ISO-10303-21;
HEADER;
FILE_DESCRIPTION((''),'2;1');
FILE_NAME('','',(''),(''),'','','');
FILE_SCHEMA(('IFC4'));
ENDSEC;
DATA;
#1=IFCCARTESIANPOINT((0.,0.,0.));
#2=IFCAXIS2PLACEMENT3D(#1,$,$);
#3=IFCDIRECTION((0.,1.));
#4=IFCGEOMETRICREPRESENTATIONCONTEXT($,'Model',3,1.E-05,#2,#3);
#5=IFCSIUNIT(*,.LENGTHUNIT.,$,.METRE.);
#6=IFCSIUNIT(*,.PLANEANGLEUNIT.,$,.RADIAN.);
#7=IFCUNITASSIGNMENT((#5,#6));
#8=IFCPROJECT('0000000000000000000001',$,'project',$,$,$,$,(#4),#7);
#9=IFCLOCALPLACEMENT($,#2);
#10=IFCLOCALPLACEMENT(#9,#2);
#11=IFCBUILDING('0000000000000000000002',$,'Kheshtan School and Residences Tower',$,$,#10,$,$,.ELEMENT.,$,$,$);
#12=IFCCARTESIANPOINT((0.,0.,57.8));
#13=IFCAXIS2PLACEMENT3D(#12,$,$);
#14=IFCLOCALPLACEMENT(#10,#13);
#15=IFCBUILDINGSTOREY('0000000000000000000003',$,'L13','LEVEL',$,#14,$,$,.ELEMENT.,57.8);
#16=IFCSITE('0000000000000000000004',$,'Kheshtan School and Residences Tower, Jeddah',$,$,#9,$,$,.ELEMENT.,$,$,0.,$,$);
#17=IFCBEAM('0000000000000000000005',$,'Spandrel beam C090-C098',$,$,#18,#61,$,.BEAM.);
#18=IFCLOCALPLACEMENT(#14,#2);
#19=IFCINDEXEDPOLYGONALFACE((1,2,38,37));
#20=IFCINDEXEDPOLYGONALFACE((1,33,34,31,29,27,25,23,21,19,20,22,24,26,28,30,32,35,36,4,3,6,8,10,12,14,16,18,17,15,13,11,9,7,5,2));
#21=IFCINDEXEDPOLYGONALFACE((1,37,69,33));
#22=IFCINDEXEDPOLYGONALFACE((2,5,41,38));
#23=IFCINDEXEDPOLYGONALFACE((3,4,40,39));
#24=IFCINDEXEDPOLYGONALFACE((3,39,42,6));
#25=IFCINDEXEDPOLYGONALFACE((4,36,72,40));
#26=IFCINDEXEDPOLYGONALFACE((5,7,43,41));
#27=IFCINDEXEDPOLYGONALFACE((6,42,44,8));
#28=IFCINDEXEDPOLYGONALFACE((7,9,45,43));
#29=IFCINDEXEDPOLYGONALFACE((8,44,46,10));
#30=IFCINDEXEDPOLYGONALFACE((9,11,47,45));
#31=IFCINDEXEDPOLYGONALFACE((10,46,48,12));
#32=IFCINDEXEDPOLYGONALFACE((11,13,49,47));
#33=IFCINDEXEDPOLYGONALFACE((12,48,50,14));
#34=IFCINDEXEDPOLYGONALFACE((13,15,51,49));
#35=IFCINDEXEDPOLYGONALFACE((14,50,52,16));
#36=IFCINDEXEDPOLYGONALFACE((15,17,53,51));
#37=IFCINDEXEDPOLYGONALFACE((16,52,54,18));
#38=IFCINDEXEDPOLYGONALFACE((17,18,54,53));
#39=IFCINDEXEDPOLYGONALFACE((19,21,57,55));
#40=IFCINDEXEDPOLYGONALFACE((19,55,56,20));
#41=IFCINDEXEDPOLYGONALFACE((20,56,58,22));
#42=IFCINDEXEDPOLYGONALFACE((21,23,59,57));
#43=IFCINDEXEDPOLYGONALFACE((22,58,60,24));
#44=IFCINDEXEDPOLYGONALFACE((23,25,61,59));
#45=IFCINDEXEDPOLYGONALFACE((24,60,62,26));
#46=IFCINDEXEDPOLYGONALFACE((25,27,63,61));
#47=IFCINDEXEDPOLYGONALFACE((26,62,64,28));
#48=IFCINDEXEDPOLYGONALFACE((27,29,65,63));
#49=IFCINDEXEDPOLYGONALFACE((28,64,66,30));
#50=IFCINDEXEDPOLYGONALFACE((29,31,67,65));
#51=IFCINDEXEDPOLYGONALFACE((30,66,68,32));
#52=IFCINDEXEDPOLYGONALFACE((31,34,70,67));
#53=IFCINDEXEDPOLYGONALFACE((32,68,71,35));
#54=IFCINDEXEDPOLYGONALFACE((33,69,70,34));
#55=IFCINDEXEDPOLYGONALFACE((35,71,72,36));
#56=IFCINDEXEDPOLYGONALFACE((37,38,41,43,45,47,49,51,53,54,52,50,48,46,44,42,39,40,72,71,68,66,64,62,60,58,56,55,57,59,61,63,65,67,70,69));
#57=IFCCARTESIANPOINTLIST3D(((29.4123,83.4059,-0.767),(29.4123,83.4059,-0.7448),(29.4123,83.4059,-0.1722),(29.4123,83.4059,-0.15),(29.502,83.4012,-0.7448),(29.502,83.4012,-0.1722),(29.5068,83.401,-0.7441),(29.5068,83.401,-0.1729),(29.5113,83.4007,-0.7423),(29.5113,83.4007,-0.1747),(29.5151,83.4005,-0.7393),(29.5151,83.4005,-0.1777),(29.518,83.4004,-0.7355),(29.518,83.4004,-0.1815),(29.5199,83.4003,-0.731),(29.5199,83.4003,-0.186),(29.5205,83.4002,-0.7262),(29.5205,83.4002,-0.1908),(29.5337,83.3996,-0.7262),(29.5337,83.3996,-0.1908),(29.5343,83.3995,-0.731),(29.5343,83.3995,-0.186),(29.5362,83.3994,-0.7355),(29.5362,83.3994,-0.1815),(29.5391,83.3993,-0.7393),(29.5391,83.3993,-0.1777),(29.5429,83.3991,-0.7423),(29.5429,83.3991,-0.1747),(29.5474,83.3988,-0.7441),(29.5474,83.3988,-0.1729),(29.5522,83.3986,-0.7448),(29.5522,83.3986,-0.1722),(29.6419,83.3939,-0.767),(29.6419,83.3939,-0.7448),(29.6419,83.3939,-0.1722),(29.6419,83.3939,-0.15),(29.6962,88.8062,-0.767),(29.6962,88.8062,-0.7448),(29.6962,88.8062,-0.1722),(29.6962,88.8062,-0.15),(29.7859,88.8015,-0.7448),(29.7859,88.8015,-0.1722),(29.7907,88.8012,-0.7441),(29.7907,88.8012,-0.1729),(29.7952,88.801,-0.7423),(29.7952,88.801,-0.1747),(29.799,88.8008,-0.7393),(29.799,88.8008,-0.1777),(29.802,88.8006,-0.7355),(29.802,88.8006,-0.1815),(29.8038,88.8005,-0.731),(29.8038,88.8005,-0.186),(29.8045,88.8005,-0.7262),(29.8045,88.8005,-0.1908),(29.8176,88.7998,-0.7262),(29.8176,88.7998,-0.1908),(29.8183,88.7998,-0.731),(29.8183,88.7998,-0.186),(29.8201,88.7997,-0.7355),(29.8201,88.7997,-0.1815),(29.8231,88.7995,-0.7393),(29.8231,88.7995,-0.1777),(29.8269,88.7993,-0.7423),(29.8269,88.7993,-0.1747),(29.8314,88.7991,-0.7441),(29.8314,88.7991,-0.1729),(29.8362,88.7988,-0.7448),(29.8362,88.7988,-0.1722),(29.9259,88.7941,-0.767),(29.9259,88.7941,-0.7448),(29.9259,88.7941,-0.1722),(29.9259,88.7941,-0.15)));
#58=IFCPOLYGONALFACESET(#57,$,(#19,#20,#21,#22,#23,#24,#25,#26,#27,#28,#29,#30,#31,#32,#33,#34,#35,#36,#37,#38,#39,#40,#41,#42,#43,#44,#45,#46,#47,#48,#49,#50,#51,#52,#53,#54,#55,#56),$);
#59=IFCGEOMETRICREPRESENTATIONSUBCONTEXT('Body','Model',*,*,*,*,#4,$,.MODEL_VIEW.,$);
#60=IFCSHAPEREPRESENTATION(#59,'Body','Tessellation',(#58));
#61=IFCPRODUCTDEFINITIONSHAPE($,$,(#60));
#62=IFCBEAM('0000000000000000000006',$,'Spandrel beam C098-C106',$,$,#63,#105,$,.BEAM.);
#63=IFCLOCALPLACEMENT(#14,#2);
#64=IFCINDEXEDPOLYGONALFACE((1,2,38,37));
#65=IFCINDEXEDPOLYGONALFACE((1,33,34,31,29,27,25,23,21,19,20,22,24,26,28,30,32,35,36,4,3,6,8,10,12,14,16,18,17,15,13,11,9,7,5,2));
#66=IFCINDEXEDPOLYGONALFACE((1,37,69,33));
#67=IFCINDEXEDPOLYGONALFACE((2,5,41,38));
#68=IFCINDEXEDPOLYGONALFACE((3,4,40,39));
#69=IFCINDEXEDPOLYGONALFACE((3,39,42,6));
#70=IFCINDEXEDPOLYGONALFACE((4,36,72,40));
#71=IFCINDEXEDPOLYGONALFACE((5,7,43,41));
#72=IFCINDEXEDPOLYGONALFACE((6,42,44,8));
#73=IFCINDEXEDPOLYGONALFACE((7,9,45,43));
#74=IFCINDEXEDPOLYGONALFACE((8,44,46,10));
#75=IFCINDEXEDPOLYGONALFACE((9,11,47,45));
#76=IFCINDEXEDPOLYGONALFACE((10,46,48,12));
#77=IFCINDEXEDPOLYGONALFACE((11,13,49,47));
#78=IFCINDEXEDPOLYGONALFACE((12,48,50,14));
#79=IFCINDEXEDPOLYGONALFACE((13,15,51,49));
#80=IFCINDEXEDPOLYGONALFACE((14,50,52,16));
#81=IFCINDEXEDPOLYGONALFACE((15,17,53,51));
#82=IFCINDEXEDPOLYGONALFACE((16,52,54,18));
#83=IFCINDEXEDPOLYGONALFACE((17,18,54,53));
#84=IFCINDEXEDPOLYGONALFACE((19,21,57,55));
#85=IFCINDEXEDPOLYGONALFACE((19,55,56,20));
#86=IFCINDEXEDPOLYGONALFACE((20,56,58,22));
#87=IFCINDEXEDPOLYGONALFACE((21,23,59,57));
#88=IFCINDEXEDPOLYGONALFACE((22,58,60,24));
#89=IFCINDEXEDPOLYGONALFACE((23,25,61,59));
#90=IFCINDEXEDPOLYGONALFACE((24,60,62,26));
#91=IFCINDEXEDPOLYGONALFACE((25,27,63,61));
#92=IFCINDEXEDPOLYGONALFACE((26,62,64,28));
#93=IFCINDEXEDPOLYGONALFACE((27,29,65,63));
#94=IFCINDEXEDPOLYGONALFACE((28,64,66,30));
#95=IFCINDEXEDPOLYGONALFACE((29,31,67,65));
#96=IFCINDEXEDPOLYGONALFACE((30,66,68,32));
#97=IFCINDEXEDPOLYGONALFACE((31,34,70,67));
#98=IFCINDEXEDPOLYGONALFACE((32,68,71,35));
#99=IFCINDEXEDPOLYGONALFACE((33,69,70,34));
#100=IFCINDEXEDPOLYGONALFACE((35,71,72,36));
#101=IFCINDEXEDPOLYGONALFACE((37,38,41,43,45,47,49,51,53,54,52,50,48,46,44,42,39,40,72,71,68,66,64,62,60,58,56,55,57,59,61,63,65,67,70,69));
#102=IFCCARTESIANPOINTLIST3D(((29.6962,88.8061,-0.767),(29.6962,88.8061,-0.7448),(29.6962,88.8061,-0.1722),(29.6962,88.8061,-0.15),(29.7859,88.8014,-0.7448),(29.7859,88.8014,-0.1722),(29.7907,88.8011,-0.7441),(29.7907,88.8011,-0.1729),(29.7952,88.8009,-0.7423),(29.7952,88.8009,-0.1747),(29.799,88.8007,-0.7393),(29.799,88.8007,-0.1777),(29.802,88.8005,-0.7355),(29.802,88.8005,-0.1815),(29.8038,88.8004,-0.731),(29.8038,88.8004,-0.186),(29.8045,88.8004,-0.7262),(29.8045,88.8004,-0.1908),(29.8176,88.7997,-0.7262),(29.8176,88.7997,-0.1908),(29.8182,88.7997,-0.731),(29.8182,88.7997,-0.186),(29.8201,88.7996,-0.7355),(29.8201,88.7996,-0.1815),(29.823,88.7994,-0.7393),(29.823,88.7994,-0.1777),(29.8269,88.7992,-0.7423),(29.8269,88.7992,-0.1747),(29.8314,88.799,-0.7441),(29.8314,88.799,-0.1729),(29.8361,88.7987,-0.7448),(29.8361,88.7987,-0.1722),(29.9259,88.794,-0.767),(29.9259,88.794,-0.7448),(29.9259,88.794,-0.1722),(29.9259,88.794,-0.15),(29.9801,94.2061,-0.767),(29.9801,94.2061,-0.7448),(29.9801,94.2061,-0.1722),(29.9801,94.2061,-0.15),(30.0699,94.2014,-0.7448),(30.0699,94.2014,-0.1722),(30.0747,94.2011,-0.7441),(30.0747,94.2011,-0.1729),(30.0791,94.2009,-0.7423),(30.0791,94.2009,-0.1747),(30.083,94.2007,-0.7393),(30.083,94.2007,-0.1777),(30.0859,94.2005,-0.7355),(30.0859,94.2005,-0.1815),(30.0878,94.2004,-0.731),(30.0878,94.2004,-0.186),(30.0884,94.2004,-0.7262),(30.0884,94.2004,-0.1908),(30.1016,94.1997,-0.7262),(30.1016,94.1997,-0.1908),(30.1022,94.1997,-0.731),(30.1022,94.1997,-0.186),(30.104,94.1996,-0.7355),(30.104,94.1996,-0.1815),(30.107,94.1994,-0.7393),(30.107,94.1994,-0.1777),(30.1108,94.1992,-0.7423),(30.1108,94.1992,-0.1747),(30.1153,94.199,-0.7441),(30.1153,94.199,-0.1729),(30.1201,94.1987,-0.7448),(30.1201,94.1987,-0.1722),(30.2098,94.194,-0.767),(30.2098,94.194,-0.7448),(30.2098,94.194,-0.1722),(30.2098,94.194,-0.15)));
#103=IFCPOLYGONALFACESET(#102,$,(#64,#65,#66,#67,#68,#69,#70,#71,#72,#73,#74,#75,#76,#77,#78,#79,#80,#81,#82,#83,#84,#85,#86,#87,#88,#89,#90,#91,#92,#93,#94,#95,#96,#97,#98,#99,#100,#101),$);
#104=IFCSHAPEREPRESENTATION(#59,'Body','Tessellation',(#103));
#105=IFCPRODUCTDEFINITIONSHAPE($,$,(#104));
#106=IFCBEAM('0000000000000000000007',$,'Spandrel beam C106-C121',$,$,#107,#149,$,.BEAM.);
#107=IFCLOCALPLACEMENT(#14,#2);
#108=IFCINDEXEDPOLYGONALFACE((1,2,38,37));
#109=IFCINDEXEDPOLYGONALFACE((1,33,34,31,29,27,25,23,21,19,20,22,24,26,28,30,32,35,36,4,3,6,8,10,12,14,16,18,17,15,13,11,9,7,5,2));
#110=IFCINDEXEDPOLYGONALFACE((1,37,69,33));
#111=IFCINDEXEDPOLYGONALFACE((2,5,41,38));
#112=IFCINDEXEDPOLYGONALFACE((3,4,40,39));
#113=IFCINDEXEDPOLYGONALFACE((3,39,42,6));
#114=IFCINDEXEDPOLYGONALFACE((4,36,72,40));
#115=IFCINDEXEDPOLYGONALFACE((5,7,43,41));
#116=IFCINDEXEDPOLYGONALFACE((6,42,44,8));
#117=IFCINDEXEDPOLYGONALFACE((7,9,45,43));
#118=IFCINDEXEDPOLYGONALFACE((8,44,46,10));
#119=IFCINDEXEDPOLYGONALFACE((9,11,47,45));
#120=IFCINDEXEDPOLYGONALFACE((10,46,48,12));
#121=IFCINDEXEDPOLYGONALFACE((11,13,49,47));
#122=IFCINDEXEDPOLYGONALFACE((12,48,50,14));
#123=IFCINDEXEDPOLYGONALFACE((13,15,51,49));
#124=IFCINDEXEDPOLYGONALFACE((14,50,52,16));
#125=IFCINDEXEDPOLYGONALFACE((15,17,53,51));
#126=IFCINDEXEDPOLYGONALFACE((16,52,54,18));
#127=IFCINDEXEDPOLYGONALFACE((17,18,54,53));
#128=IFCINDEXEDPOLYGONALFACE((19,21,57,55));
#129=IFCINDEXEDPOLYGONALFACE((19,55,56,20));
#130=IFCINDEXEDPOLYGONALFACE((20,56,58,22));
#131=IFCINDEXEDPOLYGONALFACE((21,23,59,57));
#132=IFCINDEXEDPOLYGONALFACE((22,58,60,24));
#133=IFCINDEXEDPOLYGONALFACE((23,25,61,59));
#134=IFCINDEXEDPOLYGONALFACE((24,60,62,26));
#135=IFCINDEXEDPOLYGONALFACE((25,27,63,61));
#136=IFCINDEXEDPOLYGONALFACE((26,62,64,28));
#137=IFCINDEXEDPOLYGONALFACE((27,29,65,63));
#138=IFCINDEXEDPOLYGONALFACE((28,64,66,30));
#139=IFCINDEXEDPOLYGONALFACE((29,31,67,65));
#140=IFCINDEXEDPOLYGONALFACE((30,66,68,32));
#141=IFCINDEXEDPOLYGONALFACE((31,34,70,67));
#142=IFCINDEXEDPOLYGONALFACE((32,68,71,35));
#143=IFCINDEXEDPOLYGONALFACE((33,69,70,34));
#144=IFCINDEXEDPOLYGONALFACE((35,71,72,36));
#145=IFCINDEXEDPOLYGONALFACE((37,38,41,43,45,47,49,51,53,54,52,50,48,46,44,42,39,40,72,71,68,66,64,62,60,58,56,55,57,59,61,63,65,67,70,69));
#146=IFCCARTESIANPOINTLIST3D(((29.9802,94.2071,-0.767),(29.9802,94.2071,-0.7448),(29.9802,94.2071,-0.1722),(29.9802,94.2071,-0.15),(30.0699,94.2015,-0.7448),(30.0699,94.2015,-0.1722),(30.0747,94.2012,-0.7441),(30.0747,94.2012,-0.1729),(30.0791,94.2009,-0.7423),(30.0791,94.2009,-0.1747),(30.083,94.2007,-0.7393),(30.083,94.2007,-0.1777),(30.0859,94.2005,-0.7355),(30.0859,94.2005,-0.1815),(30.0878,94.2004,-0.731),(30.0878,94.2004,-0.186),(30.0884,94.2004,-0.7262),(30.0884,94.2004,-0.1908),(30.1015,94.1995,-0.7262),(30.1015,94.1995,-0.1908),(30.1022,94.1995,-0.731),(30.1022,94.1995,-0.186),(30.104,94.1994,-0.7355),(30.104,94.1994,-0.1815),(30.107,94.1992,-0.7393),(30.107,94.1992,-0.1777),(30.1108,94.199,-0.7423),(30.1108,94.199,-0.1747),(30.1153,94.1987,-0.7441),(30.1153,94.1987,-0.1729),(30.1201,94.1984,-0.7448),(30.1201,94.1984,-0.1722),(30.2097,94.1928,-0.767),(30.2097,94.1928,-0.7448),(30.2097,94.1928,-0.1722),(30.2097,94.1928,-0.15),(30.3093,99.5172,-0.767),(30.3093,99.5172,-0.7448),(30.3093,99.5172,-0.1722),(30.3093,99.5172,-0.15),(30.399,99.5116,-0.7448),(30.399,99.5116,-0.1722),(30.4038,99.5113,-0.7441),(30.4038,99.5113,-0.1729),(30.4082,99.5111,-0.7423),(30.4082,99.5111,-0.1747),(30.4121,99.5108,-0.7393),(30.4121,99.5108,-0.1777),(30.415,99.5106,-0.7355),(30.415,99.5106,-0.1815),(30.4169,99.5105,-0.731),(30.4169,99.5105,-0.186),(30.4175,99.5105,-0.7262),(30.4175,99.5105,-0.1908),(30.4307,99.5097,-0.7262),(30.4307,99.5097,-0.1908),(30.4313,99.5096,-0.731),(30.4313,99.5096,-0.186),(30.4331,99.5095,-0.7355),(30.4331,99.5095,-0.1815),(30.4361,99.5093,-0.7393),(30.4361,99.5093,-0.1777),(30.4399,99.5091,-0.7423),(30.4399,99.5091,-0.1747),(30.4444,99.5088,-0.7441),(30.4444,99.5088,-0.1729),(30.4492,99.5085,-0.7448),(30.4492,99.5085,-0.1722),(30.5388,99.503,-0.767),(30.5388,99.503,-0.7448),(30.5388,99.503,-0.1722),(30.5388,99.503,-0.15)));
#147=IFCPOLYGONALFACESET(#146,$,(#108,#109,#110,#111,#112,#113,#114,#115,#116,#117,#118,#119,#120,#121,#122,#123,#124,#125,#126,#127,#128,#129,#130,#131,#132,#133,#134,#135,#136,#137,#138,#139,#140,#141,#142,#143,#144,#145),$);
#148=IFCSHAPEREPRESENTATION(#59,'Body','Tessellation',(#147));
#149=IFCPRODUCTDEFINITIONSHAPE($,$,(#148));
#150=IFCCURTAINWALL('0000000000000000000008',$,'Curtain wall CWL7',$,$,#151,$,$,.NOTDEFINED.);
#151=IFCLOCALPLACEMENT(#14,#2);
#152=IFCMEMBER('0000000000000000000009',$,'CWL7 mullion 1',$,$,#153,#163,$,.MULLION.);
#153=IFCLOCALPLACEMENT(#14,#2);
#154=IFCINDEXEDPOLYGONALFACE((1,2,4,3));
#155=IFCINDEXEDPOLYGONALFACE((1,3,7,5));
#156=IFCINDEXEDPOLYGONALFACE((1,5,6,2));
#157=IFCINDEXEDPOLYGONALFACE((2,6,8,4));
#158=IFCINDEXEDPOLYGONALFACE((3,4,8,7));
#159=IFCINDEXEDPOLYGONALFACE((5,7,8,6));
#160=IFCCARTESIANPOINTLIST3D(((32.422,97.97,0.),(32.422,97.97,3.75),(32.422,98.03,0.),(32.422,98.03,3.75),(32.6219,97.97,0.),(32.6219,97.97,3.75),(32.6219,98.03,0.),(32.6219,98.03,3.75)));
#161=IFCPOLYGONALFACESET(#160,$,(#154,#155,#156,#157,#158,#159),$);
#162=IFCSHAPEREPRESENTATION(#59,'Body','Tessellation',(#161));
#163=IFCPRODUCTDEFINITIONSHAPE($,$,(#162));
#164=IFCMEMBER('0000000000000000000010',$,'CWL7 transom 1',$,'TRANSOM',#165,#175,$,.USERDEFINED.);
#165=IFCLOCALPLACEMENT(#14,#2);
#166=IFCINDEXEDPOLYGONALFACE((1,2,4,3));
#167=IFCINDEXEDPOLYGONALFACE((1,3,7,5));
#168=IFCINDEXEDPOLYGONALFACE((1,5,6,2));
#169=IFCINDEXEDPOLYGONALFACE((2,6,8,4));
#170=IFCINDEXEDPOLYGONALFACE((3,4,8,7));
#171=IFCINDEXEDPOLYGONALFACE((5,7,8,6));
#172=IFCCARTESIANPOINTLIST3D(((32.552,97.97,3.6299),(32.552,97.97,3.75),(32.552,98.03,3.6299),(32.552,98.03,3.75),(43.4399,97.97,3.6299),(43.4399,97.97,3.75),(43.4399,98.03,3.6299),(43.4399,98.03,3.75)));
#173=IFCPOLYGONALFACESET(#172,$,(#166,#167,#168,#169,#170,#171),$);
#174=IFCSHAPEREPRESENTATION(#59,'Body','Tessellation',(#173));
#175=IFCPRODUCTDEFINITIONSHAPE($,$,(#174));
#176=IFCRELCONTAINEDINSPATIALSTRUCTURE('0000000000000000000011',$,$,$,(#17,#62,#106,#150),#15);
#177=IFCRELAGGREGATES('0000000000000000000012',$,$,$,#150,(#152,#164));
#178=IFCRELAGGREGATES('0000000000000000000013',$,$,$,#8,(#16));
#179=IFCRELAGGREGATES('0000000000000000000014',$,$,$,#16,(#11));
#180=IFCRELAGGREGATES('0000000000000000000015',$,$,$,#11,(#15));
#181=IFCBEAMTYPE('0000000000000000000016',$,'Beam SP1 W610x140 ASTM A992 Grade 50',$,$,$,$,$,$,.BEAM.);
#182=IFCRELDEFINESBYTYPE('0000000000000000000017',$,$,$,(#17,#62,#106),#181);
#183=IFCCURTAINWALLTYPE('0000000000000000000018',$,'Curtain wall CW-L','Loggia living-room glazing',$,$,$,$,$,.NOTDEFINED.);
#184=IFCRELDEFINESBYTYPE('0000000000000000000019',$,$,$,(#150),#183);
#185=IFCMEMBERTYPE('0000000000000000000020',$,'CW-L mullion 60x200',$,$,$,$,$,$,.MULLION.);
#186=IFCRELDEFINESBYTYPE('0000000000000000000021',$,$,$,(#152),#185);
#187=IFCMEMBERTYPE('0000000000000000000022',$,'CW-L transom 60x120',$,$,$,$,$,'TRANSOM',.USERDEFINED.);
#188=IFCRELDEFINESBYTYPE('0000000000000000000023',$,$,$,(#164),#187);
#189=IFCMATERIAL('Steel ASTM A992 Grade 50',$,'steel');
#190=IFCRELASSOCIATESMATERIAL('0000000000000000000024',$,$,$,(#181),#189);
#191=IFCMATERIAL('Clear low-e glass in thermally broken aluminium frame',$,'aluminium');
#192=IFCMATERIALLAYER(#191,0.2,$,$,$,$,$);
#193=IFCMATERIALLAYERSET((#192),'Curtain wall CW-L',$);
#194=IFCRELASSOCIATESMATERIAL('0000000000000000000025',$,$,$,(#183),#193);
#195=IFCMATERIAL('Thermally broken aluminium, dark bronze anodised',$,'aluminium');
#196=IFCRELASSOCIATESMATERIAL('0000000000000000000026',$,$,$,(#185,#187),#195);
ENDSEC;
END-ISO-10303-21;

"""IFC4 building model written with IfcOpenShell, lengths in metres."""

from ifc_helpers import new_model, si_unit, direction, frame, origin, origin_2d, place, context, subcontext, project, spatial, rectangle, i_section, extrude, material, layer, layer_set, material_profile, profile_set, type_object, element, aggregate, save


model = new_model("IFC4")

# Units and contexts
model_context = context("Model", 3, precision=1e-05, world=origin(), true_north=direction((0.0, 1.0)))
body_context = subcontext(model_context, "Body", "Model", "MODEL_VIEW")
ifc_project = project(units=[si_unit("LENGTHUNIT", "METRE"), si_unit("PLANEANGLEUNIT", "RADIAN")], contexts=[model_context])

# Site, building, storey
site_placement = place(None, origin())
site = spatial("IfcSite", under=ifc_project, at=site_placement, Name="Kheshtan School and Residences Tower, Jeddah", CompositionType="ELEMENT", RefElevation=0.0)
building_placement = place(site_placement, origin())
building = spatial("IfcBuilding", under=site, at=building_placement, Name="Kheshtan School and Residences Tower", CompositionType="ELEMENT")
storey_placement = place(building_placement, frame((0.0, 0.0, 57.8)))
storey = spatial("IfcBuildingStorey", under=building, at=storey_placement, Name="L13", Description="LEVEL", CompositionType="ELEMENT", Elevation=57.8)

# Shared definitions
ifc_material_1 = material(Name="Steel ASTM A992 Grade 50", Category="steel")

# Beams
ifc_material_profile_1 = material_profile(ifc_material_1, i_section(OverallWidth=0.23, OverallDepth=0.6169, WebThickness=0.0132, FlangeThickness=0.0222, FilletRadius=0.0186, at=origin_2d()), Name="W610x140")
ifc_profile_set_1 = profile_set([ifc_material_profile_1], Name="Steel ASTM A992 Grade 50")
beam_type_1 = type_object("IfcBeamType", Name="Beam SP1 W610x140 ASTM A992 Grade 50", PredefinedType="BEAM", material=ifc_profile_set_1)
beam_1_placement = place(storey_placement, frame((29.5271, 83.3999, -0.4585), z_axis=(0.052507, 0.998621, 0.0), x_axis=(-0.998621, 0.052507, 0.0)))
element("IfcBeam", 1, at=beam_1_placement, inside=storey, type_object=beam_type_1, Name="Spandrel beam C090-C098", PredefinedType="BEAM", context=body_context, shape_type="SweptSolid", body=[
    extrude(i_section(OverallWidth=0.23, OverallDepth=0.6169, WebThickness=0.0132, FlangeThickness=0.0222, FilletRadius=0.0186, at=origin_2d()), origin(), (0.0, 0.0, 1.0), 5.4077),
])
beam_2_placement = place(storey_placement, frame((29.811, 88.8, -0.4585), z_axis=(0.052509, 0.99862, 0.0), x_axis=(-0.99862, 0.052509, 0.0)))
element("IfcBeam", 2, at=beam_2_placement, inside=storey, type_object=beam_type_1, Name="Spandrel beam C098-C106", PredefinedType="BEAM", context=body_context, shape_type="SweptSolid", body=[
    extrude(i_section(OverallWidth=0.23, OverallDepth=0.6169, WebThickness=0.0132, FlangeThickness=0.0222, FilletRadius=0.0186, at=origin_2d()), origin(), (0.0, 0.0, 1.0), 5.4075),
])
beam_3_placement = place(storey_placement, frame((30.095, 94.2, -0.4585), z_axis=(0.061858, 0.998085, 0.0), x_axis=(-0.998085, 0.061858, 0.0)))
element("IfcBeam", 3, at=beam_3_placement, inside=storey, type_object=beam_type_1, Name="Spandrel beam C106-C121", PredefinedType="BEAM", context=body_context, shape_type="SweptSolid", body=[
    extrude(i_section(OverallWidth=0.23, OverallDepth=0.6169, WebThickness=0.0132, FlangeThickness=0.0222, FilletRadius=0.0186, at=origin_2d()), origin(), (0.0, 0.0, 1.0), 5.3203),
])

# Curtain wall, members
ifc_material_2 = material(Name="Clear low-e glass in thermally broken aluminium frame", Category="aluminium")
ifc_layer_1 = layer(ifc_material_2, 0.2)
ifc_layer_set_1 = layer_set([ifc_layer_1], Name="Curtain wall CW-L")
curtain_wall_type = type_object("IfcCurtainWallType", Name="Curtain wall CW-L", Description="Loggia living-room glazing", PredefinedType="NOTDEFINED", material=ifc_layer_set_1)
curtain_wall_placement = place(storey_placement, origin())
curtain_wall = element("IfcCurtainWall", 4, at=curtain_wall_placement, inside=storey, type_object=curtain_wall_type, Name="Curtain wall CWL7", PredefinedType="NOTDEFINED")
ifc_material_3 = material(Name="Thermally broken aluminium, dark bronze anodised", Category="aluminium")
ifc_material_profile_2 = material_profile(ifc_material_3, rectangle(XDim=0.0601, YDim=0.2, at=origin_2d()), Name="CW-L mullion 60x200")
ifc_profile_set_2 = profile_set([ifc_material_profile_2], Name="Thermally broken aluminium, dark bronze anodised")
member_type_1 = type_object("IfcMemberType", Name="CW-L mullion 60x200", PredefinedType="MULLION", material=ifc_profile_set_2)
member_1_placement = place(storey_placement, frame((32.522, 98.0, 0.0), z_axis=(0.0, 0.0, 1.0), x_axis=(0.0, 1.0, 0.0)))
member_1 = element("IfcMember", 5, at=member_1_placement, type_object=member_type_1, Name="CWL7 mullion 1", PredefinedType="MULLION", context=body_context, shape_type="SweptSolid", body=[
    extrude(rectangle(XDim=0.0601, YDim=0.2, at=origin_2d()), origin(), (0.0, 0.0, 1.0), 3.75),
])
ifc_material_profile_3 = material_profile(ifc_material_3, rectangle(XDim=0.0601, YDim=0.1201, at=origin_2d()), Name="CW-L transom 60x120")
ifc_profile_set_3 = profile_set([ifc_material_profile_3], Name="Thermally broken aluminium, dark bronze anodised")
member_type_2 = type_object("IfcMemberType", Name="CW-L transom 60x120", ElementType="TRANSOM", PredefinedType="USERDEFINED", material=ifc_profile_set_3)
member_2_placement = place(storey_placement, frame((32.552, 98.0, 3.6899), z_axis=(1.0, 0.0, 0.0), x_axis=(0.0, 1.0, 0.0)))
member_2 = element("IfcMember", 6, at=member_2_placement, type_object=member_type_2, Name="CWL7 transom 1", ObjectType="TRANSOM", PredefinedType="USERDEFINED", context=body_context, shape_type="SweptSolid", body=[
    extrude(rectangle(XDim=0.0601, YDim=0.1201, at=origin_2d()), origin(), (0.0, 0.0, 1.0), 10.8879),
])

aggregate(curtain_wall, [member_1, member_2])

save(model, "model.ifc")
